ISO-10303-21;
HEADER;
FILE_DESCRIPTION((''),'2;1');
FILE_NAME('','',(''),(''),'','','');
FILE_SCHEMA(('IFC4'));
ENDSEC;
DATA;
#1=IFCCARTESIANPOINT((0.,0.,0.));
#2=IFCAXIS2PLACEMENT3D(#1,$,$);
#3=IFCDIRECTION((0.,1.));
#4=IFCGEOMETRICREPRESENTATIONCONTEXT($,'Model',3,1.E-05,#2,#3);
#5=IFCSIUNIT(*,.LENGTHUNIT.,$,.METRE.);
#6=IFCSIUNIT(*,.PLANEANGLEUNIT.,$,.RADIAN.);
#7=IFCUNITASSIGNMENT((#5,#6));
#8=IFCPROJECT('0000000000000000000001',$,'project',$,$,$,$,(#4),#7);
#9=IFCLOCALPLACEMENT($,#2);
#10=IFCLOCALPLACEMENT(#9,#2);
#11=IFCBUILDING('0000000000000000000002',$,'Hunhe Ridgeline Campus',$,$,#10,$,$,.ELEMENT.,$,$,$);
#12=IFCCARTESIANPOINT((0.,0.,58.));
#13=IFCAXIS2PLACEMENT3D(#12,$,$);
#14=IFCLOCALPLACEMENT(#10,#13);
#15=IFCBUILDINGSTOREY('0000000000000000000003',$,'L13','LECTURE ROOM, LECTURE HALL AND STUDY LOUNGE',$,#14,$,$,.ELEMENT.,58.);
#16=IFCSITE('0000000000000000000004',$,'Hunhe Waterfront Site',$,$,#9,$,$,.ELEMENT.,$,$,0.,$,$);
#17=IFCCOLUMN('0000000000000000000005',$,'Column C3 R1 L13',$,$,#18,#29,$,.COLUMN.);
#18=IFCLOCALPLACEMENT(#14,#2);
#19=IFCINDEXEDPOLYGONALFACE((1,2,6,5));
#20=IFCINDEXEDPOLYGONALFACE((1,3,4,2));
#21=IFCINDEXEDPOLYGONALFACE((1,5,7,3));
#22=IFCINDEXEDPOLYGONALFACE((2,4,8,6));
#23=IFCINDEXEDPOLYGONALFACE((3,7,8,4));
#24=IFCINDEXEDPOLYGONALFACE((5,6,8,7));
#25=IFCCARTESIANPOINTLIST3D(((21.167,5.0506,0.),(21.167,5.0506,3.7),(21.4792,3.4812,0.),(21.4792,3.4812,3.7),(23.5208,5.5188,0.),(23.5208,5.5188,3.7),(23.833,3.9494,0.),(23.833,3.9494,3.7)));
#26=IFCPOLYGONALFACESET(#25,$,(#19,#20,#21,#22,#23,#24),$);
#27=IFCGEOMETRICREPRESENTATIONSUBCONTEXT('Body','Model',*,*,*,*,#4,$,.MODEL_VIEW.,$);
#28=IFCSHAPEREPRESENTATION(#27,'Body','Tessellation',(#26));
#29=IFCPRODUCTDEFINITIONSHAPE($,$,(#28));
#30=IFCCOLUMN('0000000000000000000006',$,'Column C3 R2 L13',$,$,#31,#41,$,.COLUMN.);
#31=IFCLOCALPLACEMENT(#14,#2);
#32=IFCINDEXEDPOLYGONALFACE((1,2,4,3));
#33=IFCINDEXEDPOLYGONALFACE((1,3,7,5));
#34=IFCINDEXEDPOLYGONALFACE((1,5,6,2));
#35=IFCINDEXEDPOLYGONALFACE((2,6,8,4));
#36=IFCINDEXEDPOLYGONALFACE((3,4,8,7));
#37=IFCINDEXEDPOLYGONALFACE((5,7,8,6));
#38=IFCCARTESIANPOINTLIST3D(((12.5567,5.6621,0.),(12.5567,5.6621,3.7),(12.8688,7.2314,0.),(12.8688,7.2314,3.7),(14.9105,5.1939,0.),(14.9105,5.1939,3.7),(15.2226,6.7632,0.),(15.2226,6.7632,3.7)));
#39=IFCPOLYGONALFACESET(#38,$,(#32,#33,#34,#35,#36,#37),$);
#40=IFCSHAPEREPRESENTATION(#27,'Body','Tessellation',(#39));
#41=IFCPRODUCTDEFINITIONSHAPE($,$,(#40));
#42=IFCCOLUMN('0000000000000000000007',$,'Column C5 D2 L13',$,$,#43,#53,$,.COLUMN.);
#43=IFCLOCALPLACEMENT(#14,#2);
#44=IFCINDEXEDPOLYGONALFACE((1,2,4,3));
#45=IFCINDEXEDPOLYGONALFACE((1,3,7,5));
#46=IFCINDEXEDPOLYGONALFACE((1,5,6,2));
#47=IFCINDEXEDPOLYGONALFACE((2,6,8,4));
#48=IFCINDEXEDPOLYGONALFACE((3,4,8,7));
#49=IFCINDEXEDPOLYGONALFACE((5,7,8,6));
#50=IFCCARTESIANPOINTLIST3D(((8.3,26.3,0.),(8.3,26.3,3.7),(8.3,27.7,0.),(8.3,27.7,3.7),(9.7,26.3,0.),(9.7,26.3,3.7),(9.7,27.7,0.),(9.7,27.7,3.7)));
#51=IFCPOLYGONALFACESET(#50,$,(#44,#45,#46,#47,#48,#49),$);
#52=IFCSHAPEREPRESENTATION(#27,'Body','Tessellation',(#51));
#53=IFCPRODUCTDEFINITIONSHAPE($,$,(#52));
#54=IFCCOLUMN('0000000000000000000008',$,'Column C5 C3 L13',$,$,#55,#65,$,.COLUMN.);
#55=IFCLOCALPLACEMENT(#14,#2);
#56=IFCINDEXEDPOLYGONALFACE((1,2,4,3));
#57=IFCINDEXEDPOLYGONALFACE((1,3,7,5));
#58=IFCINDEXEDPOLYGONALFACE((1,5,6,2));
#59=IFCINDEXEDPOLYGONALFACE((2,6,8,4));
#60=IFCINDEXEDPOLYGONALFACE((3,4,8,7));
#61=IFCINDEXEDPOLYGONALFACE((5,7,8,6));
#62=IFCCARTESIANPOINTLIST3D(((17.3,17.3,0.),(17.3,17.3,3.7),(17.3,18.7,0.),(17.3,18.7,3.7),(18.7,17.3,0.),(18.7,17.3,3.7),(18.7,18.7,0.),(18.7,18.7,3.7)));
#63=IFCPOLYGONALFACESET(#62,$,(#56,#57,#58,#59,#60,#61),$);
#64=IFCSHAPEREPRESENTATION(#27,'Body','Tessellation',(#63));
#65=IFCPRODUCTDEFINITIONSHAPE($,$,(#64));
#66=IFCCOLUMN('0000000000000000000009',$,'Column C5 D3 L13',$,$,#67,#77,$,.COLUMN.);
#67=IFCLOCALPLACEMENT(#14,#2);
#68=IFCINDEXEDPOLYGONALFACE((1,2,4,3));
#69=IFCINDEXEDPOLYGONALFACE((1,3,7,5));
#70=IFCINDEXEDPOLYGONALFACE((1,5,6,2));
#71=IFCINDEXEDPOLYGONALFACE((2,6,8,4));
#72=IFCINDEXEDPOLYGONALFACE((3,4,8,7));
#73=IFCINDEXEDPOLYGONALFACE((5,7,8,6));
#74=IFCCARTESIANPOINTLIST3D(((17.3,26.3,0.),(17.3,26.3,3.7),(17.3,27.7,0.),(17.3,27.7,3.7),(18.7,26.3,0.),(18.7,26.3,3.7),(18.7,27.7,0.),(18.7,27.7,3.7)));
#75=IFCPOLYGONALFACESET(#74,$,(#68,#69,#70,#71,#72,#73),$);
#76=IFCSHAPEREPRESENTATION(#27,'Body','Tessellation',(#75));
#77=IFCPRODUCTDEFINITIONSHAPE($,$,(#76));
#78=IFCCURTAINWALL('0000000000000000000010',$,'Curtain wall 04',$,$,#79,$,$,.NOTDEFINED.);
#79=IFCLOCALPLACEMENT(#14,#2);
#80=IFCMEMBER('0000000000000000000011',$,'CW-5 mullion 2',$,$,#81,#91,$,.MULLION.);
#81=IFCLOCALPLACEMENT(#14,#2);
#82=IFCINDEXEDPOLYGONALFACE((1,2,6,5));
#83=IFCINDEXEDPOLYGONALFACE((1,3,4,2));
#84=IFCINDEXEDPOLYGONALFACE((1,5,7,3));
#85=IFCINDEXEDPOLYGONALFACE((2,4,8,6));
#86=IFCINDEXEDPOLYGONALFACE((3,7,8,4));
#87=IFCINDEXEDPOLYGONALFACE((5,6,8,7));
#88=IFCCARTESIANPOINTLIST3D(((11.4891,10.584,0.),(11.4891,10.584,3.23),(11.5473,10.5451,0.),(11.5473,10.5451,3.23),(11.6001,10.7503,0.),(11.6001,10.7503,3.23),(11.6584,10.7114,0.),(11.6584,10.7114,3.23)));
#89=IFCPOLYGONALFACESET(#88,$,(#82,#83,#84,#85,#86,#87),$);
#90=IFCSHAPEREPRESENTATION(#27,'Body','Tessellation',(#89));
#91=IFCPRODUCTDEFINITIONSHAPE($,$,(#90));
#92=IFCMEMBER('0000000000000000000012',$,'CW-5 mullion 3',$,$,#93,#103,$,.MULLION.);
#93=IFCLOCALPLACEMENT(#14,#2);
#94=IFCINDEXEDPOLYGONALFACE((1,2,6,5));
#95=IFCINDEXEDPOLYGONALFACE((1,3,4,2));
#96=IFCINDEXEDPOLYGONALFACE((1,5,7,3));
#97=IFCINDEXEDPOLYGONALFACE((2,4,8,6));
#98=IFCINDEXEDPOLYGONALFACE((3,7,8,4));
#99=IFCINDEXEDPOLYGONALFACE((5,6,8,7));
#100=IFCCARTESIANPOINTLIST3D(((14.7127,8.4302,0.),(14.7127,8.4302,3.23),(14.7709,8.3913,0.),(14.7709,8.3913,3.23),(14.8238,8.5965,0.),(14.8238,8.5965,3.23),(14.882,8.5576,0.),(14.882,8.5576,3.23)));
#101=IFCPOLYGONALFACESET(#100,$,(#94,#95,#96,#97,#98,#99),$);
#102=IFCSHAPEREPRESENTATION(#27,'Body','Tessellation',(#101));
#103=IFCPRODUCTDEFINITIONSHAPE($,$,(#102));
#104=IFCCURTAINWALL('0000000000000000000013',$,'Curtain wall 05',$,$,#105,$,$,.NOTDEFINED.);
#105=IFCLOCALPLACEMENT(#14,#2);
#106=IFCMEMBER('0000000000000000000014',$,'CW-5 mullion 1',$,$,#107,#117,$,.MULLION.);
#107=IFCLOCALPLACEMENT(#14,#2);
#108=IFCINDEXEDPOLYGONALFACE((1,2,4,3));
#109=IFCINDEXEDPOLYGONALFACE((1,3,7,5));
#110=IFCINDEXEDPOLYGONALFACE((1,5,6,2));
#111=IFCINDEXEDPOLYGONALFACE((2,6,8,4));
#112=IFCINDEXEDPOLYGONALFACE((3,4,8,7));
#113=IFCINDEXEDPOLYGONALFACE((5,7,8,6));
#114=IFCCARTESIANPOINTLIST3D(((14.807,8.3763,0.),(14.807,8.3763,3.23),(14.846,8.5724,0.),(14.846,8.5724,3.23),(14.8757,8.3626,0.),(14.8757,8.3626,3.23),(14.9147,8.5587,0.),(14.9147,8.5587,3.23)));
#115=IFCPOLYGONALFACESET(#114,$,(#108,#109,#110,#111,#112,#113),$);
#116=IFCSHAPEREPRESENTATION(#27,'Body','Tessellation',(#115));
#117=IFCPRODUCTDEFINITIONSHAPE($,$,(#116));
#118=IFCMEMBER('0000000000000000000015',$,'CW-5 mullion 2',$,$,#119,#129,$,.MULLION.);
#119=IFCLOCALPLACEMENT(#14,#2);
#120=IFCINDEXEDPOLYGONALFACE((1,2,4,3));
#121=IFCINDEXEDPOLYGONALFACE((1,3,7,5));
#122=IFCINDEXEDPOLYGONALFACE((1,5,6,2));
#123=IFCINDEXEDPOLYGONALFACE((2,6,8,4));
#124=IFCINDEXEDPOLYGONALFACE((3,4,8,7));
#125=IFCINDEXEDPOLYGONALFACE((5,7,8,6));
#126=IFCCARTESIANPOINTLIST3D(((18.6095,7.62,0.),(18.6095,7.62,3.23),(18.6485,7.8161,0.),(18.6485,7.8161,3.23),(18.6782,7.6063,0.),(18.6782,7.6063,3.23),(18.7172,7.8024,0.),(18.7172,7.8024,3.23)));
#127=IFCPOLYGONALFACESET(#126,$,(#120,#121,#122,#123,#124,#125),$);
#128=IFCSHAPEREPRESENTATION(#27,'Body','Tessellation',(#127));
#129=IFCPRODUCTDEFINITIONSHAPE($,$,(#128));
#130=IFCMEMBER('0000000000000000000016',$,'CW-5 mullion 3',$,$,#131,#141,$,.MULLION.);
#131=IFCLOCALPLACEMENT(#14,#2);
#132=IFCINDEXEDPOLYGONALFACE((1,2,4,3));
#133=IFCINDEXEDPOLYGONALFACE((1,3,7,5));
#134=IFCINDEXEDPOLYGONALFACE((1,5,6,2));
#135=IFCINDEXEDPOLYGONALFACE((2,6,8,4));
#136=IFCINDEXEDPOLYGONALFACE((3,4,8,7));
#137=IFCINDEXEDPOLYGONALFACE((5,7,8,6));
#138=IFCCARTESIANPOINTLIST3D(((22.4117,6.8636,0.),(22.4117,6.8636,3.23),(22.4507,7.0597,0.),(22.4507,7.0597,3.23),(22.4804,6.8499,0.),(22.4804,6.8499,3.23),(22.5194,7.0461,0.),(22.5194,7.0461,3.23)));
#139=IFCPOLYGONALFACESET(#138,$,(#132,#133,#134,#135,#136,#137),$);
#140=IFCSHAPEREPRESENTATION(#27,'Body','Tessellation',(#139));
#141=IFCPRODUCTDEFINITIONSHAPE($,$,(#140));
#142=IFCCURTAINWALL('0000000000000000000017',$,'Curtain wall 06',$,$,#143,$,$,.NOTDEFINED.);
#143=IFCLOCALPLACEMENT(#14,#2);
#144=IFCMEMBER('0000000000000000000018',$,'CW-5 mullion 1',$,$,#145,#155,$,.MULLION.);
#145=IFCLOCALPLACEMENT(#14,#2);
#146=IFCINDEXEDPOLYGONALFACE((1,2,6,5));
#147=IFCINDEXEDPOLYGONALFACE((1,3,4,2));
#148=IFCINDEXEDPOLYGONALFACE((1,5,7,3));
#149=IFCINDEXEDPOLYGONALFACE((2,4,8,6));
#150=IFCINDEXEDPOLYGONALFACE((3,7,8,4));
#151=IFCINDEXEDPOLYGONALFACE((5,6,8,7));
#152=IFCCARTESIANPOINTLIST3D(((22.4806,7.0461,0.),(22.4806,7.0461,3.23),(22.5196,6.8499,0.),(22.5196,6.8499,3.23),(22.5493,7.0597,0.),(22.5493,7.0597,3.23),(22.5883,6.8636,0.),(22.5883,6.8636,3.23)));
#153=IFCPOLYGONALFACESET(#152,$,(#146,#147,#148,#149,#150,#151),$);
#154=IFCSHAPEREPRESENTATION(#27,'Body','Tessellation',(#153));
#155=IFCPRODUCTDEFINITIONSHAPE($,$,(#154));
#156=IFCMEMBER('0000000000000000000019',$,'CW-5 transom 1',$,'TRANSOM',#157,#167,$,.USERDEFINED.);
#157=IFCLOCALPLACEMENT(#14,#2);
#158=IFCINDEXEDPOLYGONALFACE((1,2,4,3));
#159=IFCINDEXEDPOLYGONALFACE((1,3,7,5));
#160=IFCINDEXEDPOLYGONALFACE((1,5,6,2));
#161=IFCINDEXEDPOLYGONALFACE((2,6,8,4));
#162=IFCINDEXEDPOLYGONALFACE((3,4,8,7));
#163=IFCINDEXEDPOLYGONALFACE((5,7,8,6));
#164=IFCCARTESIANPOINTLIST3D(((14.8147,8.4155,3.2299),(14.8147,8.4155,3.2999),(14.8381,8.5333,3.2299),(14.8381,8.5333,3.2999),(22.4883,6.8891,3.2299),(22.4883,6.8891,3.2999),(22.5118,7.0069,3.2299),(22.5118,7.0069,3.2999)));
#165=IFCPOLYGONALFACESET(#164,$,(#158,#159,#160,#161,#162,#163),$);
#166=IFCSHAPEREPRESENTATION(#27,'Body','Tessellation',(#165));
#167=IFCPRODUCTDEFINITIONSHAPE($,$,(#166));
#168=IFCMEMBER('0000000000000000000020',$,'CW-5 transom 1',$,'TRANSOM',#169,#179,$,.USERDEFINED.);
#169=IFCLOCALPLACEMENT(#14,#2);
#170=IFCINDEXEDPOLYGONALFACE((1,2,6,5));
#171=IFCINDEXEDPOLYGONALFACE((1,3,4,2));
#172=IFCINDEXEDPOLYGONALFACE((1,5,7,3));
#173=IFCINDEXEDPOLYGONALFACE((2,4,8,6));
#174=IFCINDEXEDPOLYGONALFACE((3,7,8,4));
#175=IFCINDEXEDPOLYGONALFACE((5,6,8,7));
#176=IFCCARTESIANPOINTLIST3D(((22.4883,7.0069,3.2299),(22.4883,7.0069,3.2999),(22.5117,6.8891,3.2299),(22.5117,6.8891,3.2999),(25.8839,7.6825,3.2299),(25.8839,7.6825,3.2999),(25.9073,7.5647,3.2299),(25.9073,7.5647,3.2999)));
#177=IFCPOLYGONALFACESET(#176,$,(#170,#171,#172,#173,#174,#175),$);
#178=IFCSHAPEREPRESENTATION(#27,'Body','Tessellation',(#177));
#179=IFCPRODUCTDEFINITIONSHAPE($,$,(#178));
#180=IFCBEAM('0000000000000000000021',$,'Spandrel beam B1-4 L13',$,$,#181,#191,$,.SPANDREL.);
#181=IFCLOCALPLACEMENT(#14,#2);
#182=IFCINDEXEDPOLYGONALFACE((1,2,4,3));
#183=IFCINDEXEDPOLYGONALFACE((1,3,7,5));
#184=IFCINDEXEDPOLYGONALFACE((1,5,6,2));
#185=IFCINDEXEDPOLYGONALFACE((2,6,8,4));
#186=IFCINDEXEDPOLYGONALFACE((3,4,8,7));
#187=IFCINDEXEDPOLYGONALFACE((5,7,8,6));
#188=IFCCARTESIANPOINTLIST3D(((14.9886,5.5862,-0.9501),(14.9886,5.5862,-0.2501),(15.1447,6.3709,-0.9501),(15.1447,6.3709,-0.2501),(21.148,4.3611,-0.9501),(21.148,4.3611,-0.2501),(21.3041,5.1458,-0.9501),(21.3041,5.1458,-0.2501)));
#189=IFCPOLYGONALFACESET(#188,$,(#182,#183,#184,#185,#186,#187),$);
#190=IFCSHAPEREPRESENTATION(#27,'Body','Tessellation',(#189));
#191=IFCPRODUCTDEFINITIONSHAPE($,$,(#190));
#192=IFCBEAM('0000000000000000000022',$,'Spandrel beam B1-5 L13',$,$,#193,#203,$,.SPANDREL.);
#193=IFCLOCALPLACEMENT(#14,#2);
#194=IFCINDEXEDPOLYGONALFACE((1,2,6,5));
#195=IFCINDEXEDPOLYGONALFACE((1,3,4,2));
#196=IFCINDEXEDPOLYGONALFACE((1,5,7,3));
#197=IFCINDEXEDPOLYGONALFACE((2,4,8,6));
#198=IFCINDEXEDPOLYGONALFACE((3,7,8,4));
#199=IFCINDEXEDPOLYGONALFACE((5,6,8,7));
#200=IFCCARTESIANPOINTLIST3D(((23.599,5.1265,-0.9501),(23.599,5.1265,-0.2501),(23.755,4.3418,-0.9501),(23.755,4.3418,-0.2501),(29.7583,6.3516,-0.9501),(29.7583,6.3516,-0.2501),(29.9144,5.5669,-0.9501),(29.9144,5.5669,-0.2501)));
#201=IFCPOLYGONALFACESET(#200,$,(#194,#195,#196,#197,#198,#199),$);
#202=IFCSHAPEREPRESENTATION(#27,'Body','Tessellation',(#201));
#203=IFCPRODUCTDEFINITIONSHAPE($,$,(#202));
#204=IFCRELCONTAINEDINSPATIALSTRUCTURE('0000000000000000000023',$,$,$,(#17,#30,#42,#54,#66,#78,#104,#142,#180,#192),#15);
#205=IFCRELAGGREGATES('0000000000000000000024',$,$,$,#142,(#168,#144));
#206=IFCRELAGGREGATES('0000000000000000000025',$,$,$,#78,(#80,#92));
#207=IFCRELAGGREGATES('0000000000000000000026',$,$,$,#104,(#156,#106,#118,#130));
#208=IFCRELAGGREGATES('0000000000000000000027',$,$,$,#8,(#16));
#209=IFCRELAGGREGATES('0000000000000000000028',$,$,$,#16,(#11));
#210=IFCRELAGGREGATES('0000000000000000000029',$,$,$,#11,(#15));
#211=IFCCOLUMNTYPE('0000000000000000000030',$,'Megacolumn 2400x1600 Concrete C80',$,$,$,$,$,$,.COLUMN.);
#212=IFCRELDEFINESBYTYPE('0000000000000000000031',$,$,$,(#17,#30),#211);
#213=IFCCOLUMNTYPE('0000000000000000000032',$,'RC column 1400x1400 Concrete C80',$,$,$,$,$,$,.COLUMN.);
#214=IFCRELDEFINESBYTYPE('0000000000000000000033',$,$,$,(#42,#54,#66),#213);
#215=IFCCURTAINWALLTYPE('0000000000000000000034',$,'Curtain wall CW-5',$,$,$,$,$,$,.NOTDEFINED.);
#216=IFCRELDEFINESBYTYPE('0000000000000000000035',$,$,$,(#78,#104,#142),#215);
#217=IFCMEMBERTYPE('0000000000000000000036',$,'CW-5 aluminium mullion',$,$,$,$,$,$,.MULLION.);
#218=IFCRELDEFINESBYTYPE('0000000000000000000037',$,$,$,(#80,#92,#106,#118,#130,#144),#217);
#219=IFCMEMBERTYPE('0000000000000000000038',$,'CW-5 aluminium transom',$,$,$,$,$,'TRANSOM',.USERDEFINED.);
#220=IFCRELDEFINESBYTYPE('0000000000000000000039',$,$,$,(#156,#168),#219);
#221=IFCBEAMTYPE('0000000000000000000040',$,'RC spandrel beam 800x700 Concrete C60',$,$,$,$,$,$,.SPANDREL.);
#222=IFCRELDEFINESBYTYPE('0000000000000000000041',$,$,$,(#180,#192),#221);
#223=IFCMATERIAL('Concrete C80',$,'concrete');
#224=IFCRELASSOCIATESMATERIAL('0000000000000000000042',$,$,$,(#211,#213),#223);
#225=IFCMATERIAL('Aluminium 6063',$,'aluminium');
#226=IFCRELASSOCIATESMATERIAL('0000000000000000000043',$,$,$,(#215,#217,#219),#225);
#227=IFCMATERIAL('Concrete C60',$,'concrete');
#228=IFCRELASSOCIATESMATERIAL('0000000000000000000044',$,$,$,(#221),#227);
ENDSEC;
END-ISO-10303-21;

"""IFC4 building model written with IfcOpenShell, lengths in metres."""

from ifc_helpers import new_model, si_unit, direction, frame, origin, origin_2d, place, context, subcontext, project, spatial, rectangle, extrude, material, material_profile, profile_set, type_object, element, aggregate, save


model = new_model("IFC4")

# Units and contexts
model_context = context("Model", 3, precision=1e-05, world=origin(), true_north=direction((0.0, 1.0)))
body_context = subcontext(model_context, "Body", "Model", "MODEL_VIEW")
ifc_project = project(units=[si_unit("LENGTHUNIT", "METRE"), si_unit("PLANEANGLEUNIT", "RADIAN")], contexts=[model_context])

# Site, building, storey
site_placement = place(None, origin())
site = spatial("IfcSite", under=ifc_project, at=site_placement, Name="Hunhe Waterfront Site", CompositionType="ELEMENT", RefElevation=0.0)
building_placement = place(site_placement, origin())
building = spatial("IfcBuilding", under=site, at=building_placement, Name="Hunhe Ridgeline Campus", CompositionType="ELEMENT")
storey_placement = place(building_placement, frame((0.0, 0.0, 58.0)))
storey = spatial("IfcBuildingStorey", under=building, at=storey_placement, Name="L13", Description="LECTURE ROOM, LECTURE HALL AND STUDY LOUNGE", CompositionType="ELEMENT", Elevation=58.0)

# Columns
ifc_material_1 = material(Name="Concrete C80", Category="concrete")
ifc_material_profile_1 = material_profile(ifc_material_1, rectangle(XDim=2.3999, YDim=1.6001, at=origin_2d()))
ifc_profile_set_1 = profile_set([ifc_material_profile_1], Name="Concrete C80")
column_type_1 = type_object("IfcColumnType", Name="Megacolumn 2400x1600 Concrete C80", PredefinedType="COLUMN", material=ifc_profile_set_1)
for number, where, z_axis, x_axis, name in (
    (1, (22.5, 4.5, 0.0), (0.0, 0.0, 1.0), (0.980785, 0.19509, 0.0), "Column C3 R1 L13"),
    (2, (13.8896, 6.2126, 0.0), (0.0, 0.0, 1.0), (-0.980785, 0.19509, 0.0), "Column C3 R2 L13"),
):
    element("IfcColumn", number, at=place(storey_placement, frame(where, z_axis=z_axis, x_axis=x_axis)), inside=storey, type_object=column_type_1, Name=name, PredefinedType="COLUMN", context=body_context, shape_type="SweptSolid", body=[
        extrude(rectangle(XDim=2.3999, YDim=1.6001, at=origin_2d()), origin(), (0.0, 0.0, 1.0), 3.7),
    ])
ifc_material_profile_2 = material_profile(ifc_material_1, rectangle(XDim=1.3999, YDim=1.3999, at=origin_2d()))
ifc_profile_set_2 = profile_set([ifc_material_profile_2], Name="Concrete C80")
column_type_2 = type_object("IfcColumnType", Name="RC column 1400x1400 Concrete C80", PredefinedType="COLUMN", material=ifc_profile_set_2)
for number, where, z_axis, x_axis, name in (
    (3, (9.0, 27.0, 0.0), (0.0, 0.0, 1.0), (1.0, 0.0, 0.0), "Column C5 D2 L13"),
    (4, (18.0, 18.0, 0.0), (0.0, 0.0, 1.0), (1.0, 0.0, 0.0), "Column C5 C3 L13"),
    (5, (18.0, 27.0, 0.0), (0.0, 0.0, 1.0), (1.0, 0.0, 0.0), "Column C5 D3 L13"),
):
    element("IfcColumn", number, at=place(storey_placement, frame(where, z_axis=z_axis, x_axis=x_axis)), inside=storey, type_object=column_type_2, Name=name, PredefinedType="COLUMN", context=body_context, shape_type="SweptSolid", body=[
        extrude(rectangle(XDim=1.3999, YDim=1.3999, at=origin_2d()), origin(), (0.0, 0.0, 1.0), 3.7),
    ])

# Curtain walls, members
ifc_material_2 = material(Name="Aluminium 6063", Category="aluminium")
curtain_wall_type = type_object("IfcCurtainWallType", Name="Curtain wall CW-5", PredefinedType="NOTDEFINED", material=ifc_material_2)
curtain_wall_1_placement = place(storey_placement, origin())
curtain_wall_1 = element("IfcCurtainWall", 6, at=curtain_wall_1_placement, inside=storey, type_object=curtain_wall_type, Name="Curtain wall 04", PredefinedType="NOTDEFINED")
ifc_material_profile_3 = material_profile(ifc_material_2, rectangle(XDim=0.2, YDim=0.0701, at=origin_2d()))
ifc_profile_set_3 = profile_set([ifc_material_profile_3], Name="Aluminium 6063")
member_type_1 = type_object("IfcMemberType", Name="CW-5 aluminium mullion", PredefinedType="MULLION", material=ifc_profile_set_3)
member_1_placement = place(storey_placement, frame((11.5737, 10.6477, 0.0), z_axis=(0.0, 0.0, 1.0), x_axis=(0.55557, 0.83147, 0.0)))
member_1 = element("IfcMember", 7, at=member_1_placement, type_object=member_type_1, Name="CW-5 mullion 2", PredefinedType="MULLION", context=body_context, shape_type="SweptSolid", body=[
    extrude(rectangle(XDim=0.2, YDim=0.0701, at=origin_2d()), origin(), (0.0, 0.0, 1.0), 3.23),
])
member_2_placement = place(storey_placement, frame((14.7974, 8.4939, 0.0), z_axis=(0.0, 0.0, 1.0), x_axis=(0.55557, 0.83147, 0.0)))
member_2 = element("IfcMember", 8, at=member_2_placement, type_object=member_type_1, Name="CW-5 mullion 3", PredefinedType="MULLION", context=body_context, shape_type="SweptSolid", body=[
    extrude(rectangle(XDim=0.2, YDim=0.0701, at=origin_2d()), origin(), (0.0, 0.0, 1.0), 3.23),
])
curtain_wall_2_placement = place(storey_placement, origin())
curtain_wall_2 = element("IfcCurtainWall", 9, at=curtain_wall_2_placement, inside=storey, type_object=curtain_wall_type, Name="Curtain wall 05", PredefinedType="NOTDEFINED")
member_3_placement = place(storey_placement, frame((14.8608, 8.4675, 0.0), z_axis=(0.0, 0.0, 1.0), x_axis=(0.19509, 0.980785, 0.0)))
member_3 = element("IfcMember", 10, at=member_3_placement, type_object=member_type_1, Name="CW-5 mullion 1", PredefinedType="MULLION", context=body_context, shape_type="SweptSolid", body=[
    extrude(rectangle(XDim=0.2, YDim=0.0701, at=origin_2d()), origin(), (0.0, 0.0, 1.0), 3.23),
])
member_4_placement = place(storey_placement, frame((18.6633, 7.7112, 0.0), z_axis=(0.0, 0.0, 1.0), x_axis=(0.19509, 0.980785, 0.0)))
member_4 = element("IfcMember", 11, at=member_4_placement, type_object=member_type_1, Name="CW-5 mullion 2", PredefinedType="MULLION", context=body_context, shape_type="SweptSolid", body=[
    extrude(rectangle(XDim=0.2, YDim=0.0701, at=origin_2d()), origin(), (0.0, 0.0, 1.0), 3.23),
])
member_5_placement = place(storey_placement, frame((22.4656, 6.9548, 0.0), z_axis=(0.0, 0.0, 1.0), x_axis=(0.19509, 0.980785, 0.0)))
member_5 = element("IfcMember", 12, at=member_5_placement, type_object=member_type_1, Name="CW-5 mullion 3", PredefinedType="MULLION", context=body_context, shape_type="SweptSolid", body=[
    extrude(rectangle(XDim=0.2, YDim=0.0701, at=origin_2d()), origin(), (0.0, 0.0, 1.0), 3.23),
])

# Curtain wall, member
curtain_wall_3_placement = place(storey_placement, origin())
curtain_wall_3 = element("IfcCurtainWall", 13, at=curtain_wall_3_placement, inside=storey, type_object=curtain_wall_type, Name="Curtain wall 06", PredefinedType="NOTDEFINED")
member_6_placement = place(storey_placement, frame((22.5344, 6.9548, 0.0), z_axis=(0.0, 0.0, 1.0), x_axis=(-0.19509, 0.980785, 0.0)))
member_6 = element("IfcMember", 14, at=member_6_placement, type_object=member_type_1, Name="CW-5 mullion 1", PredefinedType="MULLION", context=body_context, shape_type="SweptSolid", body=[
    extrude(rectangle(XDim=0.2, YDim=0.0701, at=origin_2d()), origin(), (0.0, 0.0, 1.0), 3.23),
])

# Members
ifc_material_profile_4 = material_profile(ifc_material_2, rectangle(XDim=0.1201, YDim=0.0701, at=origin_2d()))
ifc_profile_set_4 = profile_set([ifc_material_profile_4], Name="Aluminium 6063")
member_type_2 = type_object("IfcMemberType", Name="CW-5 aluminium transom", ElementType="TRANSOM", PredefinedType="USERDEFINED", material=ifc_profile_set_4)
member_7_placement = place(storey_placement, frame((14.8264, 8.4744, 3.2649), z_axis=(0.980785, -0.19509, 0.0), x_axis=(0.19509, 0.980785, 0.0)))
member_7 = element("IfcMember", 15, at=member_7_placement, type_object=member_type_2, Name="CW-5 transom 1", ObjectType="TRANSOM", PredefinedType="USERDEFINED", context=body_context, shape_type="SweptSolid", body=[
    extrude(rectangle(XDim=0.1201, YDim=0.0701, at=origin_2d()), origin(), (0.0, 0.0, 1.0), 7.824),
])
member_8_placement = place(storey_placement, frame((22.5, 6.948, 3.2649), z_axis=(0.980778, 0.195126, 0.0), x_axis=(-0.195126, 0.980778, 0.0)))
member_8 = element("IfcMember", 16, at=member_8_placement, type_object=member_type_2, Name="CW-5 transom 1", ObjectType="TRANSOM", PredefinedType="USERDEFINED", context=body_context, shape_type="SweptSolid", body=[
    extrude(rectangle(XDim=0.1201, YDim=0.0701, at=origin_2d()), origin(), (0.0, 0.0, 1.0), 3.4622),
])
aggregate(curtain_wall_3, [member_8, member_6])

# Beams
ifc_material_3 = material(Name="Concrete C60", Category="concrete")
ifc_material_profile_5 = material_profile(ifc_material_3, rectangle(XDim=0.8, YDim=0.7, at=origin_2d()))
ifc_profile_set_5 = profile_set([ifc_material_profile_5], Name="Concrete C60")
beam_type = type_object("IfcBeamType", Name="RC spandrel beam 800x700 Concrete C60", PredefinedType="SPANDREL", material=ifc_profile_set_5)
for number, where, z_axis, x_axis, name in (
    (17, (15.0667, 5.9785, -0.6001), (0.980788, -0.195077, 0.0), (0.195077, 0.980788, 0.0), "Spandrel beam B1-4 L13"),
    (18, (23.677, 4.7341, -0.6001), (0.980788, 0.195077, 0.0), (-0.195077, 0.980788, 0.0), "Spandrel beam B1-5 L13"),
):
    element("IfcBeam", number, at=place(storey_placement, frame(where, z_axis=z_axis, x_axis=x_axis)), inside=storey, type_object=beam_type, Name=name, PredefinedType="SPANDREL", context=body_context, shape_type="SweptSolid", body=[
        extrude(rectangle(XDim=0.8, YDim=0.7, at=origin_2d()), origin(), (0.0, 0.0, 1.0), 6.28),
    ])

aggregate(curtain_wall_1, [member_1, member_2])
aggregate(curtain_wall_2, [member_7, member_3, member_4, member_5])

save(model, "model.ifc")
